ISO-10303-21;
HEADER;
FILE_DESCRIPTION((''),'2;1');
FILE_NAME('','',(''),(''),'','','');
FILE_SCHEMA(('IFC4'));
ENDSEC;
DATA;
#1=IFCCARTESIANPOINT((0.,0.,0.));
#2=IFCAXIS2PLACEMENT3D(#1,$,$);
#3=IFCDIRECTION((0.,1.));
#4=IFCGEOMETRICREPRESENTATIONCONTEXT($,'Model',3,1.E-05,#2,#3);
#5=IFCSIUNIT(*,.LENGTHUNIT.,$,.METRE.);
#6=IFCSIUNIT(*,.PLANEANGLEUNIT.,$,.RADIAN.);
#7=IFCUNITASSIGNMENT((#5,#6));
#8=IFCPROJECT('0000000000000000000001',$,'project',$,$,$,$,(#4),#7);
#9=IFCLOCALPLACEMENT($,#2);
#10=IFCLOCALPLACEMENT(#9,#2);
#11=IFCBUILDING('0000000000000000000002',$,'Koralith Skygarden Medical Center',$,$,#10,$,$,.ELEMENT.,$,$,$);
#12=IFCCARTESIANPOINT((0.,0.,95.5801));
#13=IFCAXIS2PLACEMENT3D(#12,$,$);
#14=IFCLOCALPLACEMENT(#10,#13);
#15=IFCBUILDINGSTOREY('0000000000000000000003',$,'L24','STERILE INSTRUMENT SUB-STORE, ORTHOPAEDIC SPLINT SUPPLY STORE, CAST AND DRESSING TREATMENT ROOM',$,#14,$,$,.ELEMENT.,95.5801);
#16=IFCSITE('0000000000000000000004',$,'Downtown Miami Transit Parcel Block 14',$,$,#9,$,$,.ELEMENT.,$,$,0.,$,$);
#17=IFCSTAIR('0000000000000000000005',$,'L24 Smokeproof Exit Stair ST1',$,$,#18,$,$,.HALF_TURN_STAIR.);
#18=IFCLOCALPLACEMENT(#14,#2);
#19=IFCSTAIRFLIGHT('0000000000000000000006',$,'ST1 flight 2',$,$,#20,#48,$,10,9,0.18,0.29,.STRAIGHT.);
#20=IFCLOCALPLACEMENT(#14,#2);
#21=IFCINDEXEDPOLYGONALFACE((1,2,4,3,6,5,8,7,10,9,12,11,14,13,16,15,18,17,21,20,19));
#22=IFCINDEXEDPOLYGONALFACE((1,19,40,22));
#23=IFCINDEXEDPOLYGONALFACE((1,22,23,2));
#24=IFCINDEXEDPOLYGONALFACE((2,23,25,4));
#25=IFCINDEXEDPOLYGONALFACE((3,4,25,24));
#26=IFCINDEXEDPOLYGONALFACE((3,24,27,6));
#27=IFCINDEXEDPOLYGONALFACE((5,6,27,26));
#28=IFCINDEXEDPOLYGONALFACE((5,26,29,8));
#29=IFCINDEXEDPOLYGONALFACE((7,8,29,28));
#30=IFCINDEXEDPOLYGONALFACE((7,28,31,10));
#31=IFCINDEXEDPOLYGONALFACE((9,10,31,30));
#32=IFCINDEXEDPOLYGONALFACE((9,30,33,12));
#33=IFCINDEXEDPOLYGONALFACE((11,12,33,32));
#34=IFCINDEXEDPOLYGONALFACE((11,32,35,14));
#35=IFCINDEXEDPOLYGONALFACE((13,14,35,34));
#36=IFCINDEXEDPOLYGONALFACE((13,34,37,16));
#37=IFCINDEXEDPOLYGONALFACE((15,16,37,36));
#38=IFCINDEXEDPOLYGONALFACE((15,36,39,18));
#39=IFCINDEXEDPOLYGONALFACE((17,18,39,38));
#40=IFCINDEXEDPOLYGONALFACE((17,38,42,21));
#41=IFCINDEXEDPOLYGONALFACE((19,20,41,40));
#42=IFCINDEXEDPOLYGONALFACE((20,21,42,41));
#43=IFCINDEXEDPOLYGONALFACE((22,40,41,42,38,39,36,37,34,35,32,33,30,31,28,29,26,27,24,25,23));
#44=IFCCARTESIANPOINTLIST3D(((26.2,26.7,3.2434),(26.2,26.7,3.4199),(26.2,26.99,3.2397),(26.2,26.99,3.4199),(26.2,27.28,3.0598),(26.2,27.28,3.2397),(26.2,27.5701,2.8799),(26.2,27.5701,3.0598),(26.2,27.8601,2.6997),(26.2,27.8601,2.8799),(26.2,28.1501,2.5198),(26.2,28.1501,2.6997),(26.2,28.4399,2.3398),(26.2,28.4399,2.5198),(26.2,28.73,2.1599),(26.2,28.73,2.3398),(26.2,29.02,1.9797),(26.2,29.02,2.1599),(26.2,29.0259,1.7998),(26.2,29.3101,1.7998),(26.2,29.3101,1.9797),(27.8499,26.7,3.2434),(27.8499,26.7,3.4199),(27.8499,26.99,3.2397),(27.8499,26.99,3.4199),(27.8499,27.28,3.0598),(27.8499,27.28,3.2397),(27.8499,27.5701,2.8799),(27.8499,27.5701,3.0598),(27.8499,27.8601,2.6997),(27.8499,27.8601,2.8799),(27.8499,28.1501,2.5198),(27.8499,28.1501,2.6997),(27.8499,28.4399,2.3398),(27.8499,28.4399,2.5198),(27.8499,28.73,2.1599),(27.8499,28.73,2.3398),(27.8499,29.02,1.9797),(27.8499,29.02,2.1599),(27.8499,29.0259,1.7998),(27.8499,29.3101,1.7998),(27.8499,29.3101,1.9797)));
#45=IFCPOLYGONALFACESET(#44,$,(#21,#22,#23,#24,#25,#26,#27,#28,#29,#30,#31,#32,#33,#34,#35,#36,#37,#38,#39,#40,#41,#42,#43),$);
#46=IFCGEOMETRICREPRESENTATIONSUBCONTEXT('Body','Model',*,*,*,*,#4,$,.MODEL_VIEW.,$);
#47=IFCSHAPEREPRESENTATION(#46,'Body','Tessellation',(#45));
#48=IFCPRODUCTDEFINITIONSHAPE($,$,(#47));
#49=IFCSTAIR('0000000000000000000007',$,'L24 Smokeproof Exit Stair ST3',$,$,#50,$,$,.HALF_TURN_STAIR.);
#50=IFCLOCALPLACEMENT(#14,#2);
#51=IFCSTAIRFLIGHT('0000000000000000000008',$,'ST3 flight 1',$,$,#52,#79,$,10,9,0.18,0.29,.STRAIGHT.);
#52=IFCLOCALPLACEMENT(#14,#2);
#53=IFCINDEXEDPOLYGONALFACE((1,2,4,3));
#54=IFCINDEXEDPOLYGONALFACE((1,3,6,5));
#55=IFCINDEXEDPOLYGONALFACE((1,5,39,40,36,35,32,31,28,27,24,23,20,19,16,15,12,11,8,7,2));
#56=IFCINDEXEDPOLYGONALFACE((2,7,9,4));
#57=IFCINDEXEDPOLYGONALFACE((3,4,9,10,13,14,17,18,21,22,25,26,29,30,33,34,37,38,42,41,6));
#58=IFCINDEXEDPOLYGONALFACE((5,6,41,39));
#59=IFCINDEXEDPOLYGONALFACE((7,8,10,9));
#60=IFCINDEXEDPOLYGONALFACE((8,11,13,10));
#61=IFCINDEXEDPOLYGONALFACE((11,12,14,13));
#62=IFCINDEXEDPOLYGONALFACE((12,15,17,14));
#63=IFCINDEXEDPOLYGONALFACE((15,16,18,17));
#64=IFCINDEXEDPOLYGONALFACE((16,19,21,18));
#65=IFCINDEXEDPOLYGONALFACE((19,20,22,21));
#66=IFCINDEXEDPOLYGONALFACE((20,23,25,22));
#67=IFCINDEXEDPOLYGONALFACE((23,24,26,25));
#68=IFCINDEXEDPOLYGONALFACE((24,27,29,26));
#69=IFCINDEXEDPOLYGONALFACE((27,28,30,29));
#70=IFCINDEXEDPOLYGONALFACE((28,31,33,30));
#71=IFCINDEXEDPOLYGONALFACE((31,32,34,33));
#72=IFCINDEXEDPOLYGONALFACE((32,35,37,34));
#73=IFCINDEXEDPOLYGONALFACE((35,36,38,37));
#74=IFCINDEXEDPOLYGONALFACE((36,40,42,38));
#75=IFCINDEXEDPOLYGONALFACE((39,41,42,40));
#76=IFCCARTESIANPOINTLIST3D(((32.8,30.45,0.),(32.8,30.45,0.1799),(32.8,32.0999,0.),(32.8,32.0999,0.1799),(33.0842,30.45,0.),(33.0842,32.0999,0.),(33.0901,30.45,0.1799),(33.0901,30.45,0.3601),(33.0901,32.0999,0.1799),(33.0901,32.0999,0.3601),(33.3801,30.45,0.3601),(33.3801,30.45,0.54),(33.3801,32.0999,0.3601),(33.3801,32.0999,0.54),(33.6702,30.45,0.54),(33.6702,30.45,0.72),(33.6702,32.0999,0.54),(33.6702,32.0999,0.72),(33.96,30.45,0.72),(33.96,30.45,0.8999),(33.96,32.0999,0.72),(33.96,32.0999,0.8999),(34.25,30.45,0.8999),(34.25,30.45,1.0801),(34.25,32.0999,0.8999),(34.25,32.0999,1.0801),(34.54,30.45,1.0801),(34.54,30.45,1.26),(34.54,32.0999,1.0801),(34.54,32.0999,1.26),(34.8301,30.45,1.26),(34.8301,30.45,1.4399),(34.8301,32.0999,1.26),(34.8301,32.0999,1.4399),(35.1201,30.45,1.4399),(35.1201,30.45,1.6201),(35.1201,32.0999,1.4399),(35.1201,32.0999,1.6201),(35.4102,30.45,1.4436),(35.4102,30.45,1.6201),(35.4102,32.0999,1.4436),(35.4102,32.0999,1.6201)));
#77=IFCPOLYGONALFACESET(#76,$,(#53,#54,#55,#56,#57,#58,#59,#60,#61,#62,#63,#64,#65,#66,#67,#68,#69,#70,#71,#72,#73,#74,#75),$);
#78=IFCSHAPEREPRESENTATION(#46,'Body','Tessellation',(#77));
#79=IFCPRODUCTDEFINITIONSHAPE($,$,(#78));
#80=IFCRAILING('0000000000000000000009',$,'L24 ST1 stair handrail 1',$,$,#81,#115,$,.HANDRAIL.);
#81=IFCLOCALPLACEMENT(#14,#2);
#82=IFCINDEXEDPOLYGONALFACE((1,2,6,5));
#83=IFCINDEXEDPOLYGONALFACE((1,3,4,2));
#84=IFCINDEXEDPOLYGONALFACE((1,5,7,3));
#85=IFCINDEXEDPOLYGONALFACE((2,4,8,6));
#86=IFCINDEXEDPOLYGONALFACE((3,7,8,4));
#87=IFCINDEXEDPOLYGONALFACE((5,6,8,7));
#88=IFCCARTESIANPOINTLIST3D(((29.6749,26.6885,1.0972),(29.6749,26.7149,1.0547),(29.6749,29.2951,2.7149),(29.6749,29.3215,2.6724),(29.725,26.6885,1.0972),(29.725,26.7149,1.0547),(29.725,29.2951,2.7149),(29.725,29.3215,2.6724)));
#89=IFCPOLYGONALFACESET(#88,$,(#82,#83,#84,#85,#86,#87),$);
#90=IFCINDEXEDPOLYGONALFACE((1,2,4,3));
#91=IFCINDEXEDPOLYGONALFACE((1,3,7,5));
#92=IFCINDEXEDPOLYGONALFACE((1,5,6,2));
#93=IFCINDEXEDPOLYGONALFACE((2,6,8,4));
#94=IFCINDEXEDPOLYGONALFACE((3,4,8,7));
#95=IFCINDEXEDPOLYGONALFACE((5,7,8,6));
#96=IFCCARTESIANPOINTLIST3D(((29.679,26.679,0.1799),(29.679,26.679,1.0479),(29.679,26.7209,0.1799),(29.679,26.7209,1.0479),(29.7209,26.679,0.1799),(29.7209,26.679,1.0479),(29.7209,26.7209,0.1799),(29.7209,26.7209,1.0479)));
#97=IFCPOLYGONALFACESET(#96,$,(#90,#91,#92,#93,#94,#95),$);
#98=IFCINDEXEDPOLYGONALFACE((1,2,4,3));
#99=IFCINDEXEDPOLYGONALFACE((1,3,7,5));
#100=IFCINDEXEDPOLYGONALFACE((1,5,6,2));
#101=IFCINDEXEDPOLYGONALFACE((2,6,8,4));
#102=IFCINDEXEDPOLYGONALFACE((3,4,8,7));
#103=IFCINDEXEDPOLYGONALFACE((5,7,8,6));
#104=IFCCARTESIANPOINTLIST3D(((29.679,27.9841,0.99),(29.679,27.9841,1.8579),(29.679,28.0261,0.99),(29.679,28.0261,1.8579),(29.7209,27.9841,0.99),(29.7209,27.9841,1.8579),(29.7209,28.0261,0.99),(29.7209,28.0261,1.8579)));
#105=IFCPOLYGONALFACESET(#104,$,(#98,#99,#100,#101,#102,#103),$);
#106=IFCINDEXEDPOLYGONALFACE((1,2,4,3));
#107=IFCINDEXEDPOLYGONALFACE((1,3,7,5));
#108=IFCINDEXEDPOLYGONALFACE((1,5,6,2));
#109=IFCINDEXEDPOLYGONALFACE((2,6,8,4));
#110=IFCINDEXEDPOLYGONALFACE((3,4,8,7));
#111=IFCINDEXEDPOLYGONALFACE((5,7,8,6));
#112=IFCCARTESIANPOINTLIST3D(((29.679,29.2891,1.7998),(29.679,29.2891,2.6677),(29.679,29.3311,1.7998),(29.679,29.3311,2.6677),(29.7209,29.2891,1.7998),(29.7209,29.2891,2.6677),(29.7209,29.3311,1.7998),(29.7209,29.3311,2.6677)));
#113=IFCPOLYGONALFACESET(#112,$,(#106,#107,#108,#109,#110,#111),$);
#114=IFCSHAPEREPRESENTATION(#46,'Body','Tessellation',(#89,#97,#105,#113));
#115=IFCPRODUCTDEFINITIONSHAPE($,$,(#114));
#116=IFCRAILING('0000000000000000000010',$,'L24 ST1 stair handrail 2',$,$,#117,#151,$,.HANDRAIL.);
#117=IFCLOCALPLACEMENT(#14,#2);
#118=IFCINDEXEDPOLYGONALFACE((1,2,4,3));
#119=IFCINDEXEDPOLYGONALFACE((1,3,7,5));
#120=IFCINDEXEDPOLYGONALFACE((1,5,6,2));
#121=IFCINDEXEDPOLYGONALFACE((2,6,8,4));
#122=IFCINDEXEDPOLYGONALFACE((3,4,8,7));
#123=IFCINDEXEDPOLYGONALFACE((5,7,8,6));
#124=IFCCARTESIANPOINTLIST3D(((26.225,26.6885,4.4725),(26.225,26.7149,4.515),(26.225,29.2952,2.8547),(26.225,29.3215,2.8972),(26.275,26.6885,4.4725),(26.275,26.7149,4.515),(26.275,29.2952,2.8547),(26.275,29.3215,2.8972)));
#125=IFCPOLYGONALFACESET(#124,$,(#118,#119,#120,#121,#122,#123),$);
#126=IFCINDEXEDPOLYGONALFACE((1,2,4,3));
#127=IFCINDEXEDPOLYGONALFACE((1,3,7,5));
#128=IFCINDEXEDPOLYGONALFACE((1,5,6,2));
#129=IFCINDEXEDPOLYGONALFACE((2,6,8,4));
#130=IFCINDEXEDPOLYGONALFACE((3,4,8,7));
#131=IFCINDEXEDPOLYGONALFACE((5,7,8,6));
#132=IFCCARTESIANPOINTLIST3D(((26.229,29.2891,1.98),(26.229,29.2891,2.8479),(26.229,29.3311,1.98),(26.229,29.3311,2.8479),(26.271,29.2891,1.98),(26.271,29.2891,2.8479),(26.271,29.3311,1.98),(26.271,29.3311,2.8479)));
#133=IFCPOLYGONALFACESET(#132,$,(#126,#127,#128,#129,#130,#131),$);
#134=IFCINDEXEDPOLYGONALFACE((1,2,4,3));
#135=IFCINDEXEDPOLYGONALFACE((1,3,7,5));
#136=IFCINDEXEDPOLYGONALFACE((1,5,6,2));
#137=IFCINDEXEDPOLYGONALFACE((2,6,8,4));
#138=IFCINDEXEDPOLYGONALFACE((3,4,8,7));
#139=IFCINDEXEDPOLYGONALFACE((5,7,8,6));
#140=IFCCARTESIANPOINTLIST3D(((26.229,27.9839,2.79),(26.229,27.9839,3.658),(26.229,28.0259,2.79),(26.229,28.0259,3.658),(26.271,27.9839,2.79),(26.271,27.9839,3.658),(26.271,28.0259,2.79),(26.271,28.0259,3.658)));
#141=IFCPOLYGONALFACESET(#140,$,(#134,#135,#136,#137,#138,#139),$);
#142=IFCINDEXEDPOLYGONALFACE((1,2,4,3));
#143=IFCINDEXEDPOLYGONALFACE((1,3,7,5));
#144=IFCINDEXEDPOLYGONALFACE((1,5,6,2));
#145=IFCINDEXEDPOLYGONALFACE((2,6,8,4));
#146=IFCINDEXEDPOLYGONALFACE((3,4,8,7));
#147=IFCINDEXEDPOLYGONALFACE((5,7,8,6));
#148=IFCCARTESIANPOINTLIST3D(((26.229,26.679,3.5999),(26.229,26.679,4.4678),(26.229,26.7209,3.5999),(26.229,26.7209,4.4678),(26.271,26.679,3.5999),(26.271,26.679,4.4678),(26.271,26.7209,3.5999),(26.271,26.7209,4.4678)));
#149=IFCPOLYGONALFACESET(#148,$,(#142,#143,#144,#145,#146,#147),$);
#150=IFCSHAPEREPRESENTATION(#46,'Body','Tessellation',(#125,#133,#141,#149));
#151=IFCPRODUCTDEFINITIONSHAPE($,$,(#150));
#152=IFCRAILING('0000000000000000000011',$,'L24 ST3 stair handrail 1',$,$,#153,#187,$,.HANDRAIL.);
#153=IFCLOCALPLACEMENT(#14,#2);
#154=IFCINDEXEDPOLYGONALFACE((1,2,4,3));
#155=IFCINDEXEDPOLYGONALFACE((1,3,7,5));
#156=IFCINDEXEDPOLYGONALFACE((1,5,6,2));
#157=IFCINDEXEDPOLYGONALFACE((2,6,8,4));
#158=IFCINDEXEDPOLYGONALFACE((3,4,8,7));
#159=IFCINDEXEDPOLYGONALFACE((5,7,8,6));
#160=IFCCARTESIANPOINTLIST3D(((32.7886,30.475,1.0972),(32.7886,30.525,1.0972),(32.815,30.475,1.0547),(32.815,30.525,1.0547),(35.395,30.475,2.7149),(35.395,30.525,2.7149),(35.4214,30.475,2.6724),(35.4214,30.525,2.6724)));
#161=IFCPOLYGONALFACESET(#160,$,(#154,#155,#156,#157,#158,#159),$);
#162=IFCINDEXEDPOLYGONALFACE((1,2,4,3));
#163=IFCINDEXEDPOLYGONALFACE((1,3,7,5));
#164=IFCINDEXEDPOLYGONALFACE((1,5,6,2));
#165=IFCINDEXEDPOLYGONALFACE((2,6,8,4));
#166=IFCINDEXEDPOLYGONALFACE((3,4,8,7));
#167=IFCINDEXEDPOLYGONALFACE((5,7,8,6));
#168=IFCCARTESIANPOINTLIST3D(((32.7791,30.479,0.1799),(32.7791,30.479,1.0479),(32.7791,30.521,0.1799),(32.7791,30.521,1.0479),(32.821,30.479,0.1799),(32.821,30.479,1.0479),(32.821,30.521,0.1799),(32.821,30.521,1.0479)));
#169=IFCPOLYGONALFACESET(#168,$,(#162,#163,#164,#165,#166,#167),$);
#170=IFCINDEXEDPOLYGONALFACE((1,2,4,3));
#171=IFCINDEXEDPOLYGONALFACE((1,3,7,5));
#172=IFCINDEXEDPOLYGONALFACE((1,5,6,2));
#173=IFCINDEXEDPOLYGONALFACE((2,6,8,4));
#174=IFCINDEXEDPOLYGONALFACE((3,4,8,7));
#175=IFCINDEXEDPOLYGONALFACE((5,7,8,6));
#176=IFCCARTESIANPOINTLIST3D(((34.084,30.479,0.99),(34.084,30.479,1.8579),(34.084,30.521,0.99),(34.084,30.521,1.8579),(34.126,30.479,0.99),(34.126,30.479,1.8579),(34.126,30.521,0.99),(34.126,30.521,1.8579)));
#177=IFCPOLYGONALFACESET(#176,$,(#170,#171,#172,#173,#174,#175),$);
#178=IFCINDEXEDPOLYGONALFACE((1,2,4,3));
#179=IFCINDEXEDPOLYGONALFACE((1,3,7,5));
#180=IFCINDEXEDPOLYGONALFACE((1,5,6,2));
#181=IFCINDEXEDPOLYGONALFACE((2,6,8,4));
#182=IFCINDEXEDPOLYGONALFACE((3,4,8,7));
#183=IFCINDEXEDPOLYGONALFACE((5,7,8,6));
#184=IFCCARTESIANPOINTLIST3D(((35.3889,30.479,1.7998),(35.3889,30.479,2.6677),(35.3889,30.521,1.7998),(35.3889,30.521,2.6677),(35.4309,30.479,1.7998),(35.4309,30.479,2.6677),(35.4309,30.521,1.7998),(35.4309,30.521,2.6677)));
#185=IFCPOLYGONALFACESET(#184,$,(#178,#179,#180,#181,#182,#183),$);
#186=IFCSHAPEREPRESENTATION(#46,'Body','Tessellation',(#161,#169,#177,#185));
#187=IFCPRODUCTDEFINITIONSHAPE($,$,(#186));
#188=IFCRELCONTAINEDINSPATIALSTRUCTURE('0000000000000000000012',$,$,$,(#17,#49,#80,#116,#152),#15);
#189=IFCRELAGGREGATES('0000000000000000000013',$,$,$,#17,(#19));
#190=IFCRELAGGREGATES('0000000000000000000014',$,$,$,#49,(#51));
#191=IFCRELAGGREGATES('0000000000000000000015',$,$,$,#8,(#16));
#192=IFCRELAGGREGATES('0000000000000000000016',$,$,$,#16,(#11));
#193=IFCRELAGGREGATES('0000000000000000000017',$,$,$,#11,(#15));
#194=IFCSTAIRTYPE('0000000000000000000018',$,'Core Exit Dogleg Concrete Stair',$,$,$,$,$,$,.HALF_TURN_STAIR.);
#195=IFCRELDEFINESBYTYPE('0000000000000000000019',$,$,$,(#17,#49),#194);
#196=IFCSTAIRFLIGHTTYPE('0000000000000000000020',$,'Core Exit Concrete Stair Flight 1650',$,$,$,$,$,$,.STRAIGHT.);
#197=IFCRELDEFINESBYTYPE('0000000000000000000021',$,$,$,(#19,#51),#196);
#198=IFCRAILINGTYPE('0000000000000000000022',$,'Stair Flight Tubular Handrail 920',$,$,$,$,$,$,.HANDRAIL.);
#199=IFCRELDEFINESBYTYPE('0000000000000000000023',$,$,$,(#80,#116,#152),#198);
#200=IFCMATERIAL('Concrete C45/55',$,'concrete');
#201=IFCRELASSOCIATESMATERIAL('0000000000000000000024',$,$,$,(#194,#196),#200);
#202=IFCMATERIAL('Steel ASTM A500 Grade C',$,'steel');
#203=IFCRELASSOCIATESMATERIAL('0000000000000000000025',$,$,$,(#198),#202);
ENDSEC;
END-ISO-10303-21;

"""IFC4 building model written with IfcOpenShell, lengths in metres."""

from ifc_helpers import new_model, si_unit, direction, frame, origin, origin_2d, place, context, subcontext, project, spatial, polyline, rectangle, outline, extrude, material, type_object, element, aggregate, save


model = new_model("IFC4")

# Units and contexts
model_context = context("Model", 3, precision=1e-05, world=origin(), true_north=direction((0.0, 1.0)))
body_context = subcontext(model_context, "Body", "Model", "MODEL_VIEW")
ifc_project = project(units=[si_unit("LENGTHUNIT", "METRE"), si_unit("PLANEANGLEUNIT", "RADIAN")], contexts=[model_context])

# Site, building, storey
site_placement = place(None, origin())
site = spatial("IfcSite", under=ifc_project, at=site_placement, Name="Downtown Miami Transit Parcel Block 14", CompositionType="ELEMENT", RefElevation=0.0)
building_placement = place(site_placement, origin())
building = spatial("IfcBuilding", under=site, at=building_placement, Name="Koralith Skygarden Medical Center", CompositionType="ELEMENT")
storey_placement = place(building_placement, frame((0.0, 0.0, 95.5801)))
storey = spatial("IfcBuildingStorey", under=building, at=storey_placement, Name="L24", Description="STERILE INSTRUMENT SUB-STORE, ORTHOPAEDIC SPLINT SUPPLY STORE, CAST AND DRESSING TREATMENT ROOM", CompositionType="ELEMENT", Elevation=95.5801)

# Shared definitions
ifc_material_1 = material(Name="Concrete C45/55", Category="concrete")

# Stair, stair flight
stair_type = type_object("IfcStairType", Name="Core Exit Dogleg Concrete Stair", PredefinedType="HALF_TURN_STAIR", material=ifc_material_1)
stair_1_placement = place(storey_placement, origin())
stair_1 = element("IfcStair", 1, at=stair_1_placement, inside=storey, type_object=stair_type, Name="L24 Smokeproof Exit Stair ST1", PredefinedType="HALF_TURN_STAIR")
stair_flight_type = type_object("IfcStairFlightType", Name="Core Exit Concrete Stair Flight 1650", PredefinedType="STRAIGHT", material=ifc_material_1)
stair_flight_1_placement = place(storey_placement, frame((27.0249, 29.3101, 1.7998), z_axis=(0.0, 0.0, 1.0), x_axis=(0.0, -1.0, 0.0)))
stair_flight_1 = element("IfcStairFlight", 2, at=stair_flight_1_placement, type_object=stair_flight_type, Name="ST1 flight 2", NumberOfRisers=10, NumberOfTreads=9, PredefinedType="STRAIGHT", RiserHeight=0.18, TreadLength=0.29, context=body_context, shape_type="SweptSolid", body=[
    extrude(outline(polyline([(0.0, 0.0), (0.0, 0.1799), (0.29, 0.1799), (0.29, 0.3601), (0.5801, 0.3601), (0.5801, 0.54), (0.8701, 0.54), (0.8701, 0.72), (1.1599, 0.72), (1.1599, 0.8999), (1.45, 0.8999), (1.45, 1.0801), (1.74, 1.0801), (1.74, 1.26), (2.03, 1.26), (2.03, 1.4399), (2.3201, 1.4399), (2.3201, 1.6201), (2.6101, 1.6201), (2.6101, 1.8), (2.6101, 1.4436), (0.2842, 0.0), (0.0, 0.0)])), frame((0.0, 0.825, 0.0), z_axis=(0.0, -1.0, 0.0), x_axis=(1.0, 0.0, 0.0)), (0.0, 0.0, 1.0), 1.6499),
])
aggregate(stair_1, [stair_flight_1])

# Stair, stair flight
stair_2_placement = place(storey_placement, origin())
stair_2 = element("IfcStair", 3, at=stair_2_placement, inside=storey, type_object=stair_type, Name="L24 Smokeproof Exit Stair ST3", PredefinedType="HALF_TURN_STAIR")
stair_flight_2_placement = place(storey_placement, frame((32.8, 31.2749, 0.0), z_axis=(0.0, 0.0, 1.0), x_axis=(1.0, 0.0, 0.0)))
stair_flight_2 = element("IfcStairFlight", 4, at=stair_flight_2_placement, type_object=stair_flight_type, Name="ST3 flight 1", NumberOfRisers=10, NumberOfTreads=9, PredefinedType="STRAIGHT", RiserHeight=0.18, TreadLength=0.29, context=body_context, shape_type="SweptSolid", body=[
    extrude(outline(polyline([(0.0, 0.0), (0.0, 0.1799), (0.29, 0.1799), (0.29, 0.3601), (0.5801, 0.3601), (0.5801, 0.54), (0.8701, 0.54), (0.8701, 0.72), (1.1599, 0.72), (1.1599, 0.8999), (1.45, 0.8999), (1.45, 1.0801), (1.74, 1.0801), (1.74, 1.26), (2.03, 1.26), (2.03, 1.4399), (2.3201, 1.4399), (2.3201, 1.6201), (2.6101, 1.6201), (2.6101, 1.8), (2.6101, 1.4436), (0.2842, 0.0), (0.0, 0.0)])), frame((0.0, 0.825, 0.0), z_axis=(0.0, -1.0, 0.0), x_axis=(1.0, 0.0, 0.0)), (0.0, 0.0, 1.0), 1.6499),
])
aggregate(stair_2, [stair_flight_2])

# Railings
ifc_material_2 = material(Name="Steel ASTM A500 Grade C", Category="steel")
railing_type_1 = type_object("IfcRailingType", Name="Stair Flight Tubular Handrail 920", PredefinedType="HANDRAIL", material=ifc_material_2)
railing_1_placement = place(storey_placement, frame((29.7, 26.7, 0.1799)))
element("IfcRailing", 5, at=railing_1_placement, inside=storey, type_object=railing_type_1, Name="L24 ST1 stair handrail 1", PredefinedType="HANDRAIL", context=body_context, shape_type="SweptSolid", body=[
    extrude(rectangle(XDim=0.05, YDim=0.05, at=origin_2d()), frame((0.0, 0.0017, 0.896), z_axis=(0.0, 0.849668, 0.527317), x_axis=(-1.0, 0.0, 0.0)), (0.0, 0.0, 1.0), 3.0679),
    extrude(rectangle(XDim=0.042, YDim=0.042, at=origin_2d()), origin(), (0.0, 0.0, 1.0), 0.8679),
    extrude(rectangle(XDim=0.042, YDim=0.042, at=origin_2d()), frame((0.0, 1.3052, 0.8101)), (0.0, 0.0, 1.0), 0.8679),
    extrude(rectangle(XDim=0.042, YDim=0.042, at=origin_2d()), frame((0.0, 2.6101, 1.6199)), (0.0, 0.0, 1.0), 0.8679),
])
railing_2_placement = place(storey_placement, frame((26.25, 29.3101, 1.98)))
element("IfcRailing", 6, at=railing_2_placement, inside=storey, type_object=railing_type_1, Name="L24 ST1 stair handrail 2", PredefinedType="HANDRAIL", context=body_context, shape_type="SweptSolid", body=[
    extrude(rectangle(XDim=0.05, YDim=0.05, at=origin_2d()), frame((0.0, -0.0017, 0.896), z_axis=(0.0, -0.849668, 0.527317), x_axis=(1.0, 0.0, 0.0)), (0.0, 0.0, 1.0), 3.0679),
    extrude(rectangle(XDim=0.042, YDim=0.042, at=origin_2d()), origin(), (0.0, 0.0, 1.0), 0.8679),
    extrude(rectangle(XDim=0.042, YDim=0.042, at=origin_2d()), frame((0.0, -1.3052, 0.8101)), (0.0, 0.0, 1.0), 0.8679),
    extrude(rectangle(XDim=0.042, YDim=0.042, at=origin_2d()), frame((0.0, -2.6101, 1.6199)), (0.0, 0.0, 1.0), 0.8679),
])
railing_3_placement = place(storey_placement, frame((32.8, 30.5, 0.1799)))
element("IfcRailing", 7, at=railing_3_placement, inside=storey, type_object=railing_type_1, Name="L24 ST3 stair handrail 1", PredefinedType="HANDRAIL", context=body_context, shape_type="SweptSolid", body=[
    extrude(rectangle(XDim=0.05, YDim=0.05, at=origin_2d()), frame((0.0017, 0.0, 0.896), z_axis=(0.849646, 0.0, 0.527353), x_axis=(0.0, 1.0, 0.0)), (0.0, 0.0, 1.0), 3.0676),
    extrude(rectangle(XDim=0.042, YDim=0.042, at=origin_2d()), origin(), (0.0, 0.0, 1.0), 0.8679),
    extrude(rectangle(XDim=0.042, YDim=0.042, at=origin_2d()), frame((1.3049, 0.0, 0.8101)), (0.0, 0.0, 1.0), 0.8679),
    extrude(rectangle(XDim=0.042, YDim=0.042, at=origin_2d()), frame((2.6099, 0.0, 1.6199)), (0.0, 0.0, 1.0), 0.8679),
])

save(model, "model.ifc")
